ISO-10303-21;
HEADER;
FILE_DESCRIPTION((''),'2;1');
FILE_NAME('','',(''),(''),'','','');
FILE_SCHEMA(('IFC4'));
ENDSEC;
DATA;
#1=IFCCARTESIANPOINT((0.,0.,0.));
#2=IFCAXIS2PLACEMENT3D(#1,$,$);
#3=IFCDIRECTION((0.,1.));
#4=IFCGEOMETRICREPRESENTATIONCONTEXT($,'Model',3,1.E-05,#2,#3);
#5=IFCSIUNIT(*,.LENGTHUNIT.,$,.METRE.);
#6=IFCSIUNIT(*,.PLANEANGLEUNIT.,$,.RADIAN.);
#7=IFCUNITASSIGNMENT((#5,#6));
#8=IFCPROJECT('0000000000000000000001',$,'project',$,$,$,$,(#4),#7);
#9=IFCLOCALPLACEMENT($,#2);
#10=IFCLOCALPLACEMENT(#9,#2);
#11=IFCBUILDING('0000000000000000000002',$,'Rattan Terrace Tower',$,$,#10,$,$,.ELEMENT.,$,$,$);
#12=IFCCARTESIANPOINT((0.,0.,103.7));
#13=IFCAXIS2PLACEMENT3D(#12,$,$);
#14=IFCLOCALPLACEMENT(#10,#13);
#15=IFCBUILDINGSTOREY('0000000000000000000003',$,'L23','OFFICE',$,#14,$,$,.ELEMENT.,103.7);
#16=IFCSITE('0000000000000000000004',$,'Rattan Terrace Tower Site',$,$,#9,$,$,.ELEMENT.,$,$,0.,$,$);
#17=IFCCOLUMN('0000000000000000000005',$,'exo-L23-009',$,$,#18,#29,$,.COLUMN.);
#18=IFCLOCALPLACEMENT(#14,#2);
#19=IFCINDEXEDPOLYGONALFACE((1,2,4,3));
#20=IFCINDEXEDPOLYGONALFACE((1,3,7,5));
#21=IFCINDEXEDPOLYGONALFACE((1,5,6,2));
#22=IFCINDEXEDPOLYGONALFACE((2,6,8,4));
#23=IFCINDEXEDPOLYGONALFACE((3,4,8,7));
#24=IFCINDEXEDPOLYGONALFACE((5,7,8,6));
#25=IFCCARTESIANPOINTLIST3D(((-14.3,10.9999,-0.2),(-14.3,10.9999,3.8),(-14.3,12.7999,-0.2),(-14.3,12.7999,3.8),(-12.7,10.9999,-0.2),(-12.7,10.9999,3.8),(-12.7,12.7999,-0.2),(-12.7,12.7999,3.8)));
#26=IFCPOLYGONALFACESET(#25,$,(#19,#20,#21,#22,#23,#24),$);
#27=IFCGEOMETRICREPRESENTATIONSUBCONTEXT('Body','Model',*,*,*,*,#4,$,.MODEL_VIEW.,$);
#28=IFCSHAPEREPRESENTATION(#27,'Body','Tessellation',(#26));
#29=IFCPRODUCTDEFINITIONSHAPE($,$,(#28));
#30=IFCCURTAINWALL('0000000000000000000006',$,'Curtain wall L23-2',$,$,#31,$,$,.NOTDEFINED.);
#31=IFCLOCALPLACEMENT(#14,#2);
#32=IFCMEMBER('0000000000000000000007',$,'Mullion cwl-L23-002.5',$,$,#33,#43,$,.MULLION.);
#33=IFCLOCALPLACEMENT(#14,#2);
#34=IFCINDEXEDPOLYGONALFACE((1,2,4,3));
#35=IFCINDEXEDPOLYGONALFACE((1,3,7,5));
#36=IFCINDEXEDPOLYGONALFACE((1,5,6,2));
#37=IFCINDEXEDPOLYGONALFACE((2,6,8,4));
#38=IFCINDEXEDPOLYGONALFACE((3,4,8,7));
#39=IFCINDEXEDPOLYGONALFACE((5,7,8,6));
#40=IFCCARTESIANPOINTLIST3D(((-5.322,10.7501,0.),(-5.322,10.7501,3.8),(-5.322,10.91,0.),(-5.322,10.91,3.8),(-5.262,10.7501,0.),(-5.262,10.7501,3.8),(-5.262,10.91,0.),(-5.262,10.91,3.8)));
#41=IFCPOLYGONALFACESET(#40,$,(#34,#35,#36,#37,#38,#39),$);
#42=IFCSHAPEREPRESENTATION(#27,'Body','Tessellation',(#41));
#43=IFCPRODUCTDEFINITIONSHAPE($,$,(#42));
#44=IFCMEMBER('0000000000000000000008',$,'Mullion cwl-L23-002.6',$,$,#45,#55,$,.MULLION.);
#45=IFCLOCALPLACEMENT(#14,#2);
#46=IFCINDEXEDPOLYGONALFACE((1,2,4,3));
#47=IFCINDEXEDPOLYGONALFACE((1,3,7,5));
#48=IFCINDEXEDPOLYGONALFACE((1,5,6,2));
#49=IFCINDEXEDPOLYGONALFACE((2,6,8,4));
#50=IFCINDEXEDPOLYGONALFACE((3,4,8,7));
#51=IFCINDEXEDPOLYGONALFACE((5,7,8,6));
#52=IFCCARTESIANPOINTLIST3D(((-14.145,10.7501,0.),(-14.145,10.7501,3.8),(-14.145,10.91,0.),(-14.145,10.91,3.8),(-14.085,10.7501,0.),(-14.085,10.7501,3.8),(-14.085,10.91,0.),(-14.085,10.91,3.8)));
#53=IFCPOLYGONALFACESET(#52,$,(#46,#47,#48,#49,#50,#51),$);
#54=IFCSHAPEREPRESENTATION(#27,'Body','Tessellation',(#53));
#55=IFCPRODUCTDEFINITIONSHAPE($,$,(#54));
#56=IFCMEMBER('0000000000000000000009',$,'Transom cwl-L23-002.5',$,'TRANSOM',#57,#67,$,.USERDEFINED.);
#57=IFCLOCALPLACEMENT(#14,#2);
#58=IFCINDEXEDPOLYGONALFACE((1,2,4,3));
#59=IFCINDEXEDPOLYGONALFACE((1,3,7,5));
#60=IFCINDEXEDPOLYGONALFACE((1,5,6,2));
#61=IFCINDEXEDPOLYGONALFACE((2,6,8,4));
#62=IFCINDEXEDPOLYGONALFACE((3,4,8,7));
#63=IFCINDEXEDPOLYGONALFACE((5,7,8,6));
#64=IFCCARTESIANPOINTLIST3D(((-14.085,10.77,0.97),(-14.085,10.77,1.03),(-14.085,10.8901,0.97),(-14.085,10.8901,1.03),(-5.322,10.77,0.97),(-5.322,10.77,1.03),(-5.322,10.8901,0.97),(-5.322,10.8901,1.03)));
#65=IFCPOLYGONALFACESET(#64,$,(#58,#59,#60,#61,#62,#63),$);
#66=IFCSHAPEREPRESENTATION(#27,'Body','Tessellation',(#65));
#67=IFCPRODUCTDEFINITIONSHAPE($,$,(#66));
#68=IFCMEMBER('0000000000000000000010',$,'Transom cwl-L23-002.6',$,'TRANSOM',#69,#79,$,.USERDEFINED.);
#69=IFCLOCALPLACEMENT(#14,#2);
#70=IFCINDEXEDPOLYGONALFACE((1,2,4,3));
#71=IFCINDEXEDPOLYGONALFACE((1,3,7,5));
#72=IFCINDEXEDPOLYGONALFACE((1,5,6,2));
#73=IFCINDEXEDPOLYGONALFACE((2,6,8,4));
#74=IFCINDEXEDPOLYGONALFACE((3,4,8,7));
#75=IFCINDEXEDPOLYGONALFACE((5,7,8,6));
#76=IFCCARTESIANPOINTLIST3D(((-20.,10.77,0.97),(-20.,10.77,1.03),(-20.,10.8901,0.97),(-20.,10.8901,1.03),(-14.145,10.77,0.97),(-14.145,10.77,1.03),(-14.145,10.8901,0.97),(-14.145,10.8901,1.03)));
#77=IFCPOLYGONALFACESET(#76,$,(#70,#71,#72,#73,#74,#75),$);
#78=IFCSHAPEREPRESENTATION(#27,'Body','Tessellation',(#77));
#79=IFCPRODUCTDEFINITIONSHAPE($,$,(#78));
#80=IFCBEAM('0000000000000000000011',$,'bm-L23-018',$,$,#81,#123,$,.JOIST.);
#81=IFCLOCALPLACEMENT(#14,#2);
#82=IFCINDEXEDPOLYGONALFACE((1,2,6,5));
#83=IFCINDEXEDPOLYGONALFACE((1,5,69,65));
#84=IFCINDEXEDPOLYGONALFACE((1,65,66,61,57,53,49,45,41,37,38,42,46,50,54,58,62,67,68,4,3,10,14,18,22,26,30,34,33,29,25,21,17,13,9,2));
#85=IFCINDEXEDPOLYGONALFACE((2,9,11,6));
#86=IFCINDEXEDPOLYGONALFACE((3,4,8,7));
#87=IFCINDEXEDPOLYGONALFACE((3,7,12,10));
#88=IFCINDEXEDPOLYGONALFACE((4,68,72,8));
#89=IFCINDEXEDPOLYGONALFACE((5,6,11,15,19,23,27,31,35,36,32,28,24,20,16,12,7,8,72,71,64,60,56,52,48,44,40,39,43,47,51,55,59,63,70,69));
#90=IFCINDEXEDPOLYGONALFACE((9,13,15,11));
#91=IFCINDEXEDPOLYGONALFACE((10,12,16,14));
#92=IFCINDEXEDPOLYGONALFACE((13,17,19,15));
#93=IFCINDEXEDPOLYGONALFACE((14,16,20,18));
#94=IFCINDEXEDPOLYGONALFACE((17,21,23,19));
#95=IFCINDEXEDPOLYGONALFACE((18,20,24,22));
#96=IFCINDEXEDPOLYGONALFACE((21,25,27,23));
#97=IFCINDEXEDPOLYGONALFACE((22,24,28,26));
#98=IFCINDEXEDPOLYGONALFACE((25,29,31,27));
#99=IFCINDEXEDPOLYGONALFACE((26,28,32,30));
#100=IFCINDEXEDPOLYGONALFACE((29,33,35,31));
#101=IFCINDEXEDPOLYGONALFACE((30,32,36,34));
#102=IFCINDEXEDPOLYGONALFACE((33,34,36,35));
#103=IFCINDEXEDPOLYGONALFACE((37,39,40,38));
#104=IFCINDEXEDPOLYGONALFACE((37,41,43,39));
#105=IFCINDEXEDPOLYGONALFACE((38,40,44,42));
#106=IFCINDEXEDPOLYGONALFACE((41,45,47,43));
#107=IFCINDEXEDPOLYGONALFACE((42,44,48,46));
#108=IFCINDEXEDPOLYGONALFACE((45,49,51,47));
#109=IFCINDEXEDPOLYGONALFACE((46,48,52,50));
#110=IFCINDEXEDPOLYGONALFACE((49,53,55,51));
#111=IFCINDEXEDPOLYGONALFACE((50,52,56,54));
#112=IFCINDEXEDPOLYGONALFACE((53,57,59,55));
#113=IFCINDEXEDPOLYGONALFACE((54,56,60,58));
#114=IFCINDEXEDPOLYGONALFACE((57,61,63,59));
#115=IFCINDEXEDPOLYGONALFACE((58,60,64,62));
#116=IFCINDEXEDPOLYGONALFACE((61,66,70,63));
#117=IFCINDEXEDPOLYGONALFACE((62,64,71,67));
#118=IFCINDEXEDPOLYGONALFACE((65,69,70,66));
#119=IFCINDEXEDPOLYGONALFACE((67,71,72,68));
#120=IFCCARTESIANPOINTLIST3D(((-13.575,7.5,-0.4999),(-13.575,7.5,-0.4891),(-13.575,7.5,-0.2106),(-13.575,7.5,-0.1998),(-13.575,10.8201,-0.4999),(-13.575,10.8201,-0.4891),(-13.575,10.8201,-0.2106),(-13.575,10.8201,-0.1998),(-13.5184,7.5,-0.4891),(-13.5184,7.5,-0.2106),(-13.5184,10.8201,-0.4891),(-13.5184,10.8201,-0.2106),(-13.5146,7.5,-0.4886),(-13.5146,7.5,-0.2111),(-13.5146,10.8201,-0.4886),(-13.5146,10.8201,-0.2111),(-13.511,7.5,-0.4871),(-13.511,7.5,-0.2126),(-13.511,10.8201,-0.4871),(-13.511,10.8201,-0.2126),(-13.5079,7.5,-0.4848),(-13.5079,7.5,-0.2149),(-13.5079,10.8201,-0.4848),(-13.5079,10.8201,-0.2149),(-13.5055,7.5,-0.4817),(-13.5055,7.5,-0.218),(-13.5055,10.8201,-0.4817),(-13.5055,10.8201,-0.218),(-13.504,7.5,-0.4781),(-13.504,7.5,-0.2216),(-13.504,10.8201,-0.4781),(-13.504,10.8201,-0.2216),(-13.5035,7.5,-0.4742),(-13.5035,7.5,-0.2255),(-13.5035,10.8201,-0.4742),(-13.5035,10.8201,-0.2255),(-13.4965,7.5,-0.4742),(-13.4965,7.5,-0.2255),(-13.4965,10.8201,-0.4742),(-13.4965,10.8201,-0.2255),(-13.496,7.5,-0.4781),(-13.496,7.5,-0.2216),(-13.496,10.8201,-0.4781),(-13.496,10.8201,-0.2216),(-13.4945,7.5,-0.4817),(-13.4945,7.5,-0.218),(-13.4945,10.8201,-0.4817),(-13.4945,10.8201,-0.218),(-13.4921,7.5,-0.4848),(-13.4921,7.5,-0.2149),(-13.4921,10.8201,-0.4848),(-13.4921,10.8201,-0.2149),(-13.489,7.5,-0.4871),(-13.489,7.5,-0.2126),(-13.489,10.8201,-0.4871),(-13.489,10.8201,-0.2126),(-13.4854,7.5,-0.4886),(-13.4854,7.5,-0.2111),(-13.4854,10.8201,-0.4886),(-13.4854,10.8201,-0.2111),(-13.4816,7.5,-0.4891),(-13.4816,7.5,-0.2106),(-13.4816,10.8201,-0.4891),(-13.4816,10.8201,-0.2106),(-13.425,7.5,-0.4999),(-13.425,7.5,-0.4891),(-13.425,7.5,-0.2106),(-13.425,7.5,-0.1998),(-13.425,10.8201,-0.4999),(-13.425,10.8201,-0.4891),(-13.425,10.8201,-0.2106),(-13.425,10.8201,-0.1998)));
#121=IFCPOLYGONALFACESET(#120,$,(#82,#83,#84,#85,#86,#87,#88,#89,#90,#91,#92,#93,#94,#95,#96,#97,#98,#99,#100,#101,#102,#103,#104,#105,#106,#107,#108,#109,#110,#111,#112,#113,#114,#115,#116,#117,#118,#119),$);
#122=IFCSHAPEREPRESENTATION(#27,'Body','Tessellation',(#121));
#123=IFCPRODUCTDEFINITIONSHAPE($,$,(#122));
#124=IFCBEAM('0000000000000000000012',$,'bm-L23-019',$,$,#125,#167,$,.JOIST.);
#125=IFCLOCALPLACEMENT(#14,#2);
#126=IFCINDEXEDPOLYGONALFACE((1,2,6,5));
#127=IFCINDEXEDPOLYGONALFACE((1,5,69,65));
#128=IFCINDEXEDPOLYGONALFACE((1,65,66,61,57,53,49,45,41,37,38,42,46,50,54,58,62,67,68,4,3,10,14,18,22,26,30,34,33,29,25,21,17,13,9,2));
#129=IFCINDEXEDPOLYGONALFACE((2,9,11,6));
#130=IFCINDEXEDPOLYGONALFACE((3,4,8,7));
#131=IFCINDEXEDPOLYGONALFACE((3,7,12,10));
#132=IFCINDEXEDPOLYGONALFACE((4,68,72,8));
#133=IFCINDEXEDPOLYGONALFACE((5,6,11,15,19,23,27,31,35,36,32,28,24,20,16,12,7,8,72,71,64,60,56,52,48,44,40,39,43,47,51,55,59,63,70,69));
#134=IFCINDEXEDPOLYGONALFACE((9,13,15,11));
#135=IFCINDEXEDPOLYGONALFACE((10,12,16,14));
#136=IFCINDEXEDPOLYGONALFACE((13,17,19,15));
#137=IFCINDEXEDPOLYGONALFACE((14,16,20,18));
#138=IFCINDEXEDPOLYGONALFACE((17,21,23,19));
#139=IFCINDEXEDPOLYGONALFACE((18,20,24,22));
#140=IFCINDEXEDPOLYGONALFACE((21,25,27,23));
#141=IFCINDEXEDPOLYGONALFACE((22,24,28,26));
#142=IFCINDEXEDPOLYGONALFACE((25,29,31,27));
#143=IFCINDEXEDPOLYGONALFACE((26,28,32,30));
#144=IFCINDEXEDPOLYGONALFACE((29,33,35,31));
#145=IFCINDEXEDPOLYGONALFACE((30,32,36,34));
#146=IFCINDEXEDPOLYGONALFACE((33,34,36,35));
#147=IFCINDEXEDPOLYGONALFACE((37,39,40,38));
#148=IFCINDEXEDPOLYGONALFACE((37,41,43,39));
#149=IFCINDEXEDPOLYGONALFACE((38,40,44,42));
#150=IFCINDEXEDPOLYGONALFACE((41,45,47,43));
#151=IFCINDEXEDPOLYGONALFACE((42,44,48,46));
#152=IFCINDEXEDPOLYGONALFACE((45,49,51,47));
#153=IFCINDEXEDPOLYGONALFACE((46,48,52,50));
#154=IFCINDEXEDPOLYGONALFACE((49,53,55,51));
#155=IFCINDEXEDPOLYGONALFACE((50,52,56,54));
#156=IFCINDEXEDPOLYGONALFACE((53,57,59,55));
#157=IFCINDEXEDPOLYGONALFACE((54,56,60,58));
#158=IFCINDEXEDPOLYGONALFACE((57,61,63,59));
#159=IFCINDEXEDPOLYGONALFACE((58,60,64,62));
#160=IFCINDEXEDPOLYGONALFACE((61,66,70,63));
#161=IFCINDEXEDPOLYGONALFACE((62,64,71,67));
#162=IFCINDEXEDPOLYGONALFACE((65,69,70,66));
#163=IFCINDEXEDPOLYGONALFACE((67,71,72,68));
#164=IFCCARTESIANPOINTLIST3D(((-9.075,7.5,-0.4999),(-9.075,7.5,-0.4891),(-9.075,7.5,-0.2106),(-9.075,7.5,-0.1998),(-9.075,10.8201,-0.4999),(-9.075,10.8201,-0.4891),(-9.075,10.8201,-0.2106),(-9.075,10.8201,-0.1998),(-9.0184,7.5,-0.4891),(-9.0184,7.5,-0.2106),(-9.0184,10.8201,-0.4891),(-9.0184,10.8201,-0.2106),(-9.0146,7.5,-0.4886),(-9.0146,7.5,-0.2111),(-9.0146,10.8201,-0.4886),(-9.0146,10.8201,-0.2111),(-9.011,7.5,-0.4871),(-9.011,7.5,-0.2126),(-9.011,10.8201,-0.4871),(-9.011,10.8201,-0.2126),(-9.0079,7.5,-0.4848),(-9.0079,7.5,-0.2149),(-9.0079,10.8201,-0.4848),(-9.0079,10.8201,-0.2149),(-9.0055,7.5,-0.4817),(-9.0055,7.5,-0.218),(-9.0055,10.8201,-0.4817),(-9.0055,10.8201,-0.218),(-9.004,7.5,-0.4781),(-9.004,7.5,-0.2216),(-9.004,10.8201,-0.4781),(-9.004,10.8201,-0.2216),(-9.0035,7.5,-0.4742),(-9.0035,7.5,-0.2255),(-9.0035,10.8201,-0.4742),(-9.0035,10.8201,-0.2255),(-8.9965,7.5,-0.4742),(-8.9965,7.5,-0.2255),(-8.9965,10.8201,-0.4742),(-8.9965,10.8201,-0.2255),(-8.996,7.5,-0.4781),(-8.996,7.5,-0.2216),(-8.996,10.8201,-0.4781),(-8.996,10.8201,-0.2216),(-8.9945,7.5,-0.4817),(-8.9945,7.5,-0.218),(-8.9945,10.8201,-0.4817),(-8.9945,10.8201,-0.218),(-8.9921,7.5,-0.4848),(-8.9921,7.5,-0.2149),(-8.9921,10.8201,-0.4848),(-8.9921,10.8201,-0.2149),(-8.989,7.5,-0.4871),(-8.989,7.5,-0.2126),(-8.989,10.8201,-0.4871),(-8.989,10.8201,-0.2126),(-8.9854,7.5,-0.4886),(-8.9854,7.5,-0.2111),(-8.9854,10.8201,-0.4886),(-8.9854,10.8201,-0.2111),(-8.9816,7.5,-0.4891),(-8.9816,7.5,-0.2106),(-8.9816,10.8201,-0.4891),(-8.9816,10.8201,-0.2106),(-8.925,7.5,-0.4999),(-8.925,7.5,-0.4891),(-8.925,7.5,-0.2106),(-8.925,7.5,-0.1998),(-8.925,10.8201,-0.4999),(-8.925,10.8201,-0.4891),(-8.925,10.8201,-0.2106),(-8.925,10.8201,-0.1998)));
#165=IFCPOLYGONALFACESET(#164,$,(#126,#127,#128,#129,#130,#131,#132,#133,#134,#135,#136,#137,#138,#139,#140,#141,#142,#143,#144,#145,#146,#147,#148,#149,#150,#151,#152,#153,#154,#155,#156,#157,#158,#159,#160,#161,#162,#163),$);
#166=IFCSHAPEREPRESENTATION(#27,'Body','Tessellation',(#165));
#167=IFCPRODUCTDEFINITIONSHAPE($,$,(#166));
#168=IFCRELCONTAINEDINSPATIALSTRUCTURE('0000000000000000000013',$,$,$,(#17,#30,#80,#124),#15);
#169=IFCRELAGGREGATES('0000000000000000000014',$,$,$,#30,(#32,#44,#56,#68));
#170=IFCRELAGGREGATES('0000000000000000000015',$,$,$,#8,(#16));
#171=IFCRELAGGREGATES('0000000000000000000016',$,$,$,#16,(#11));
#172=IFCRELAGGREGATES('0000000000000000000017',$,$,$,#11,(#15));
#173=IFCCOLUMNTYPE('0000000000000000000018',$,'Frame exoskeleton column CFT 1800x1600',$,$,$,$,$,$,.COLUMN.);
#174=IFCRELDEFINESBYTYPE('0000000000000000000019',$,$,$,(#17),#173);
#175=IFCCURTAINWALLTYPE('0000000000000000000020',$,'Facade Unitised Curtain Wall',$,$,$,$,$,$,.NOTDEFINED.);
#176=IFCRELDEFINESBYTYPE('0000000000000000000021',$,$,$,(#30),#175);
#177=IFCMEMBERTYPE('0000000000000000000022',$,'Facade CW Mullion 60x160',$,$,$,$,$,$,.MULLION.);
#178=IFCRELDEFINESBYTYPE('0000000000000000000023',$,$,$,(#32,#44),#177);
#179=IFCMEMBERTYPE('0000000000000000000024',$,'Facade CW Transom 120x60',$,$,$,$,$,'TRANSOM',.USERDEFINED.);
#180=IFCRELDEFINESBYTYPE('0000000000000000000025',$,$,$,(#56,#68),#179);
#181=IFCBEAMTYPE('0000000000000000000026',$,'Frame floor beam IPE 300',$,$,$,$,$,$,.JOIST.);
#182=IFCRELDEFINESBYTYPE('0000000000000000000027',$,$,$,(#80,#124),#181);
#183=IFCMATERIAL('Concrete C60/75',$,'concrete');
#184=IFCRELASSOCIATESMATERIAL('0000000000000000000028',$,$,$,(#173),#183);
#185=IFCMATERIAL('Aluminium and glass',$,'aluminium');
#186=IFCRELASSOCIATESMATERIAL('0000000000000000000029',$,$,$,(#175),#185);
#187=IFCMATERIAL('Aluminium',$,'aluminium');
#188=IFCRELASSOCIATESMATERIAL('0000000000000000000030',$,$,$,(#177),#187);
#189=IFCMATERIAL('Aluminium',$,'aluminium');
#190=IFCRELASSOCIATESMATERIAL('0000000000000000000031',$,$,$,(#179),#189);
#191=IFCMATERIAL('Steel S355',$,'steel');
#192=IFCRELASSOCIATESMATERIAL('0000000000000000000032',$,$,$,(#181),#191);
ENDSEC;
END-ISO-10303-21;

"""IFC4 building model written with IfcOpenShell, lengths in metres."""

from ifc_helpers import new_model, si_unit, direction, frame, origin, origin_2d, place, context, subcontext, project, spatial, rectangle, i_section, extrude, material, material_profile, profile_set, type_object, element, aggregate, save


model = new_model("IFC4")

# Units and contexts
model_context = context("Model", 3, precision=1e-05, world=origin(), true_north=direction((0.0, 1.0)))
body_context = subcontext(model_context, "Body", "Model", "MODEL_VIEW")
ifc_project = project(units=[si_unit("LENGTHUNIT", "METRE"), si_unit("PLANEANGLEUNIT", "RADIAN")], contexts=[model_context])

# Site, building, storey
site_placement = place(None, origin())
site = spatial("IfcSite", under=ifc_project, at=site_placement, Name="Rattan Terrace Tower Site", CompositionType="ELEMENT", RefElevation=0.0)
building_placement = place(site_placement, origin())
building = spatial("IfcBuilding", under=site, at=building_placement, Name="Rattan Terrace Tower", CompositionType="ELEMENT")
storey_placement = place(building_placement, frame((0.0, 0.0, 103.7)))
storey = spatial("IfcBuildingStorey", under=building, at=storey_placement, Name="L23", Description="OFFICE", CompositionType="ELEMENT", Elevation=103.7)

# Column
ifc_material_1 = material(Name="Concrete C60/75", Category="concrete")
ifc_material_profile_1 = material_profile(ifc_material_1, rectangle(XDim=1.6001, YDim=1.8, at=origin_2d()), Name="CFT 1800x1600")
ifc_profile_set_1 = profile_set([ifc_material_profile_1], Name="Concrete C60/75")
column_type = type_object("IfcColumnType", Name="Frame exoskeleton column CFT 1800x1600", PredefinedType="COLUMN", material=ifc_profile_set_1)
column_placement = place(storey_placement, frame((-13.5, 11.8999, -0.2), z_axis=(0.0, 0.0, 1.0), x_axis=(1.0, 0.0, 0.0)))
element("IfcColumn", 1, at=column_placement, inside=storey, type_object=column_type, Name="exo-L23-009", PredefinedType="COLUMN", context=body_context, shape_type="SweptSolid", body=[
    extrude(rectangle(XDim=1.6001, YDim=1.8, at=origin_2d()), origin(), (0.0, 0.0, 1.0), 4.0),
])

# Curtain wall, members
ifc_material_2 = material(Name="Aluminium and glass", Category="aluminium")
curtain_wall_type = type_object("IfcCurtainWallType", Name="Facade Unitised Curtain Wall", PredefinedType="NOTDEFINED", material=ifc_material_2)
curtain_wall_placement = place(storey_placement, origin())
curtain_wall = element("IfcCurtainWall", 2, at=curtain_wall_placement, inside=storey, type_object=curtain_wall_type, Name="Curtain wall L23-2", PredefinedType="NOTDEFINED")
ifc_material_3 = material(Name="Aluminium", Category="aluminium")
ifc_material_profile_2 = material_profile(ifc_material_3, rectangle(XDim=0.0601, YDim=0.1599, at=origin_2d()), Name="Aluminium 60x160")
ifc_profile_set_2 = profile_set([ifc_material_profile_2], Name="Aluminium")
member_type_1 = type_object("IfcMemberType", Name="Facade CW Mullion 60x160", PredefinedType="MULLION", material=ifc_profile_set_2)
member_1_placement = place(storey_placement, frame((-5.292, 10.8301, 0.0), z_axis=(0.0, 0.0, 1.0), x_axis=(-1.0, 0.0, 0.0)))
member_1 = element("IfcMember", 3, at=member_1_placement, type_object=member_type_1, Name="Mullion cwl-L23-002.5", PredefinedType="MULLION", context=body_context, shape_type="SweptSolid", body=[
    extrude(rectangle(XDim=0.0601, YDim=0.1599, at=origin_2d()), origin(), (0.0, 0.0, 1.0), 3.8),
])
member_2_placement = place(storey_placement, frame((-14.115, 10.8301, 0.0), z_axis=(0.0, 0.0, 1.0), x_axis=(-1.0, 0.0, 0.0)))
member_2 = element("IfcMember", 4, at=member_2_placement, type_object=member_type_1, Name="Mullion cwl-L23-002.6", PredefinedType="MULLION", context=body_context, shape_type="SweptSolid", body=[
    extrude(rectangle(XDim=0.0601, YDim=0.1599, at=origin_2d()), origin(), (0.0, 0.0, 1.0), 3.8),
])
ifc_material_4 = material(Name="Aluminium", Category="aluminium")
ifc_material_profile_3 = material_profile(ifc_material_4, rectangle(XDim=0.1201, YDim=0.0601, at=origin_2d()), Name="Aluminium 120x60")
ifc_profile_set_3 = profile_set([ifc_material_profile_3], Name="Aluminium")
member_type_2 = type_object("IfcMemberType", Name="Facade CW Transom 120x60", ElementType="TRANSOM", PredefinedType="USERDEFINED", material=ifc_profile_set_3)
member_3_placement = place(storey_placement, frame((-5.322, 10.8301, 1.0), z_axis=(-1.0, 0.0, 0.0), x_axis=(0.0, -1.0, 0.0)))
member_3 = element("IfcMember", 5, at=member_3_placement, type_object=member_type_2, Name="Transom cwl-L23-002.5", ObjectType="TRANSOM", PredefinedType="USERDEFINED", context=body_context, shape_type="SweptSolid", body=[
    extrude(rectangle(XDim=0.1201, YDim=0.0601, at=origin_2d()), origin(), (0.0, 0.0, 1.0), 8.7629),
])
member_4_placement = place(storey_placement, frame((-14.145, 10.8301, 1.0), z_axis=(-1.0, 0.0, 0.0), x_axis=(0.0, -1.0, 0.0)))
member_4 = element("IfcMember", 6, at=member_4_placement, type_object=member_type_2, Name="Transom cwl-L23-002.6", ObjectType="TRANSOM", PredefinedType="USERDEFINED", context=body_context, shape_type="SweptSolid", body=[
    extrude(rectangle(XDim=0.1201, YDim=0.0601, at=origin_2d()), origin(), (0.0, 0.0, 1.0), 5.855),
])

# Beams
ifc_material_5 = material(Name="Steel S355", Category="steel")
ifc_material_profile_4 = material_profile(ifc_material_5, i_section(OverallWidth=0.1499, OverallDepth=0.3, WebThickness=0.0071, FlangeThickness=0.0107, FilletRadius=0.0149, at=origin_2d()), Name="IPE 300")
ifc_profile_set_4 = profile_set([ifc_material_profile_4], Name="Steel S355")
beam_type = type_object("IfcBeamType", Name="Frame floor beam IPE 300", PredefinedType="JOIST", material=ifc_profile_set_4)
for number, where, z_axis, x_axis, name in (
    (7, (-13.5, 7.5, -0.3499), (0.0, 1.0, 0.0), (-1.0, 0.0, 0.0), "bm-L23-018"),
    (8, (-9.0, 7.5, -0.3499), (0.0, 1.0, 0.0), (-1.0, 0.0, 0.0), "bm-L23-019"),
):
    element("IfcBeam", number, at=place(storey_placement, frame(where, z_axis=z_axis, x_axis=x_axis)), inside=storey, type_object=beam_type, Name=name, PredefinedType="JOIST", context=body_context, shape_type="SweptSolid", body=[
        extrude(i_section(OverallWidth=0.1499, OverallDepth=0.3, WebThickness=0.0071, FlangeThickness=0.0107, FilletRadius=0.0149, at=origin_2d()), origin(), (0.0, 0.0, 1.0), 3.3201),
    ])

aggregate(curtain_wall, [member_1, member_2, member_3, member_4])

save(model, "model.ifc")
